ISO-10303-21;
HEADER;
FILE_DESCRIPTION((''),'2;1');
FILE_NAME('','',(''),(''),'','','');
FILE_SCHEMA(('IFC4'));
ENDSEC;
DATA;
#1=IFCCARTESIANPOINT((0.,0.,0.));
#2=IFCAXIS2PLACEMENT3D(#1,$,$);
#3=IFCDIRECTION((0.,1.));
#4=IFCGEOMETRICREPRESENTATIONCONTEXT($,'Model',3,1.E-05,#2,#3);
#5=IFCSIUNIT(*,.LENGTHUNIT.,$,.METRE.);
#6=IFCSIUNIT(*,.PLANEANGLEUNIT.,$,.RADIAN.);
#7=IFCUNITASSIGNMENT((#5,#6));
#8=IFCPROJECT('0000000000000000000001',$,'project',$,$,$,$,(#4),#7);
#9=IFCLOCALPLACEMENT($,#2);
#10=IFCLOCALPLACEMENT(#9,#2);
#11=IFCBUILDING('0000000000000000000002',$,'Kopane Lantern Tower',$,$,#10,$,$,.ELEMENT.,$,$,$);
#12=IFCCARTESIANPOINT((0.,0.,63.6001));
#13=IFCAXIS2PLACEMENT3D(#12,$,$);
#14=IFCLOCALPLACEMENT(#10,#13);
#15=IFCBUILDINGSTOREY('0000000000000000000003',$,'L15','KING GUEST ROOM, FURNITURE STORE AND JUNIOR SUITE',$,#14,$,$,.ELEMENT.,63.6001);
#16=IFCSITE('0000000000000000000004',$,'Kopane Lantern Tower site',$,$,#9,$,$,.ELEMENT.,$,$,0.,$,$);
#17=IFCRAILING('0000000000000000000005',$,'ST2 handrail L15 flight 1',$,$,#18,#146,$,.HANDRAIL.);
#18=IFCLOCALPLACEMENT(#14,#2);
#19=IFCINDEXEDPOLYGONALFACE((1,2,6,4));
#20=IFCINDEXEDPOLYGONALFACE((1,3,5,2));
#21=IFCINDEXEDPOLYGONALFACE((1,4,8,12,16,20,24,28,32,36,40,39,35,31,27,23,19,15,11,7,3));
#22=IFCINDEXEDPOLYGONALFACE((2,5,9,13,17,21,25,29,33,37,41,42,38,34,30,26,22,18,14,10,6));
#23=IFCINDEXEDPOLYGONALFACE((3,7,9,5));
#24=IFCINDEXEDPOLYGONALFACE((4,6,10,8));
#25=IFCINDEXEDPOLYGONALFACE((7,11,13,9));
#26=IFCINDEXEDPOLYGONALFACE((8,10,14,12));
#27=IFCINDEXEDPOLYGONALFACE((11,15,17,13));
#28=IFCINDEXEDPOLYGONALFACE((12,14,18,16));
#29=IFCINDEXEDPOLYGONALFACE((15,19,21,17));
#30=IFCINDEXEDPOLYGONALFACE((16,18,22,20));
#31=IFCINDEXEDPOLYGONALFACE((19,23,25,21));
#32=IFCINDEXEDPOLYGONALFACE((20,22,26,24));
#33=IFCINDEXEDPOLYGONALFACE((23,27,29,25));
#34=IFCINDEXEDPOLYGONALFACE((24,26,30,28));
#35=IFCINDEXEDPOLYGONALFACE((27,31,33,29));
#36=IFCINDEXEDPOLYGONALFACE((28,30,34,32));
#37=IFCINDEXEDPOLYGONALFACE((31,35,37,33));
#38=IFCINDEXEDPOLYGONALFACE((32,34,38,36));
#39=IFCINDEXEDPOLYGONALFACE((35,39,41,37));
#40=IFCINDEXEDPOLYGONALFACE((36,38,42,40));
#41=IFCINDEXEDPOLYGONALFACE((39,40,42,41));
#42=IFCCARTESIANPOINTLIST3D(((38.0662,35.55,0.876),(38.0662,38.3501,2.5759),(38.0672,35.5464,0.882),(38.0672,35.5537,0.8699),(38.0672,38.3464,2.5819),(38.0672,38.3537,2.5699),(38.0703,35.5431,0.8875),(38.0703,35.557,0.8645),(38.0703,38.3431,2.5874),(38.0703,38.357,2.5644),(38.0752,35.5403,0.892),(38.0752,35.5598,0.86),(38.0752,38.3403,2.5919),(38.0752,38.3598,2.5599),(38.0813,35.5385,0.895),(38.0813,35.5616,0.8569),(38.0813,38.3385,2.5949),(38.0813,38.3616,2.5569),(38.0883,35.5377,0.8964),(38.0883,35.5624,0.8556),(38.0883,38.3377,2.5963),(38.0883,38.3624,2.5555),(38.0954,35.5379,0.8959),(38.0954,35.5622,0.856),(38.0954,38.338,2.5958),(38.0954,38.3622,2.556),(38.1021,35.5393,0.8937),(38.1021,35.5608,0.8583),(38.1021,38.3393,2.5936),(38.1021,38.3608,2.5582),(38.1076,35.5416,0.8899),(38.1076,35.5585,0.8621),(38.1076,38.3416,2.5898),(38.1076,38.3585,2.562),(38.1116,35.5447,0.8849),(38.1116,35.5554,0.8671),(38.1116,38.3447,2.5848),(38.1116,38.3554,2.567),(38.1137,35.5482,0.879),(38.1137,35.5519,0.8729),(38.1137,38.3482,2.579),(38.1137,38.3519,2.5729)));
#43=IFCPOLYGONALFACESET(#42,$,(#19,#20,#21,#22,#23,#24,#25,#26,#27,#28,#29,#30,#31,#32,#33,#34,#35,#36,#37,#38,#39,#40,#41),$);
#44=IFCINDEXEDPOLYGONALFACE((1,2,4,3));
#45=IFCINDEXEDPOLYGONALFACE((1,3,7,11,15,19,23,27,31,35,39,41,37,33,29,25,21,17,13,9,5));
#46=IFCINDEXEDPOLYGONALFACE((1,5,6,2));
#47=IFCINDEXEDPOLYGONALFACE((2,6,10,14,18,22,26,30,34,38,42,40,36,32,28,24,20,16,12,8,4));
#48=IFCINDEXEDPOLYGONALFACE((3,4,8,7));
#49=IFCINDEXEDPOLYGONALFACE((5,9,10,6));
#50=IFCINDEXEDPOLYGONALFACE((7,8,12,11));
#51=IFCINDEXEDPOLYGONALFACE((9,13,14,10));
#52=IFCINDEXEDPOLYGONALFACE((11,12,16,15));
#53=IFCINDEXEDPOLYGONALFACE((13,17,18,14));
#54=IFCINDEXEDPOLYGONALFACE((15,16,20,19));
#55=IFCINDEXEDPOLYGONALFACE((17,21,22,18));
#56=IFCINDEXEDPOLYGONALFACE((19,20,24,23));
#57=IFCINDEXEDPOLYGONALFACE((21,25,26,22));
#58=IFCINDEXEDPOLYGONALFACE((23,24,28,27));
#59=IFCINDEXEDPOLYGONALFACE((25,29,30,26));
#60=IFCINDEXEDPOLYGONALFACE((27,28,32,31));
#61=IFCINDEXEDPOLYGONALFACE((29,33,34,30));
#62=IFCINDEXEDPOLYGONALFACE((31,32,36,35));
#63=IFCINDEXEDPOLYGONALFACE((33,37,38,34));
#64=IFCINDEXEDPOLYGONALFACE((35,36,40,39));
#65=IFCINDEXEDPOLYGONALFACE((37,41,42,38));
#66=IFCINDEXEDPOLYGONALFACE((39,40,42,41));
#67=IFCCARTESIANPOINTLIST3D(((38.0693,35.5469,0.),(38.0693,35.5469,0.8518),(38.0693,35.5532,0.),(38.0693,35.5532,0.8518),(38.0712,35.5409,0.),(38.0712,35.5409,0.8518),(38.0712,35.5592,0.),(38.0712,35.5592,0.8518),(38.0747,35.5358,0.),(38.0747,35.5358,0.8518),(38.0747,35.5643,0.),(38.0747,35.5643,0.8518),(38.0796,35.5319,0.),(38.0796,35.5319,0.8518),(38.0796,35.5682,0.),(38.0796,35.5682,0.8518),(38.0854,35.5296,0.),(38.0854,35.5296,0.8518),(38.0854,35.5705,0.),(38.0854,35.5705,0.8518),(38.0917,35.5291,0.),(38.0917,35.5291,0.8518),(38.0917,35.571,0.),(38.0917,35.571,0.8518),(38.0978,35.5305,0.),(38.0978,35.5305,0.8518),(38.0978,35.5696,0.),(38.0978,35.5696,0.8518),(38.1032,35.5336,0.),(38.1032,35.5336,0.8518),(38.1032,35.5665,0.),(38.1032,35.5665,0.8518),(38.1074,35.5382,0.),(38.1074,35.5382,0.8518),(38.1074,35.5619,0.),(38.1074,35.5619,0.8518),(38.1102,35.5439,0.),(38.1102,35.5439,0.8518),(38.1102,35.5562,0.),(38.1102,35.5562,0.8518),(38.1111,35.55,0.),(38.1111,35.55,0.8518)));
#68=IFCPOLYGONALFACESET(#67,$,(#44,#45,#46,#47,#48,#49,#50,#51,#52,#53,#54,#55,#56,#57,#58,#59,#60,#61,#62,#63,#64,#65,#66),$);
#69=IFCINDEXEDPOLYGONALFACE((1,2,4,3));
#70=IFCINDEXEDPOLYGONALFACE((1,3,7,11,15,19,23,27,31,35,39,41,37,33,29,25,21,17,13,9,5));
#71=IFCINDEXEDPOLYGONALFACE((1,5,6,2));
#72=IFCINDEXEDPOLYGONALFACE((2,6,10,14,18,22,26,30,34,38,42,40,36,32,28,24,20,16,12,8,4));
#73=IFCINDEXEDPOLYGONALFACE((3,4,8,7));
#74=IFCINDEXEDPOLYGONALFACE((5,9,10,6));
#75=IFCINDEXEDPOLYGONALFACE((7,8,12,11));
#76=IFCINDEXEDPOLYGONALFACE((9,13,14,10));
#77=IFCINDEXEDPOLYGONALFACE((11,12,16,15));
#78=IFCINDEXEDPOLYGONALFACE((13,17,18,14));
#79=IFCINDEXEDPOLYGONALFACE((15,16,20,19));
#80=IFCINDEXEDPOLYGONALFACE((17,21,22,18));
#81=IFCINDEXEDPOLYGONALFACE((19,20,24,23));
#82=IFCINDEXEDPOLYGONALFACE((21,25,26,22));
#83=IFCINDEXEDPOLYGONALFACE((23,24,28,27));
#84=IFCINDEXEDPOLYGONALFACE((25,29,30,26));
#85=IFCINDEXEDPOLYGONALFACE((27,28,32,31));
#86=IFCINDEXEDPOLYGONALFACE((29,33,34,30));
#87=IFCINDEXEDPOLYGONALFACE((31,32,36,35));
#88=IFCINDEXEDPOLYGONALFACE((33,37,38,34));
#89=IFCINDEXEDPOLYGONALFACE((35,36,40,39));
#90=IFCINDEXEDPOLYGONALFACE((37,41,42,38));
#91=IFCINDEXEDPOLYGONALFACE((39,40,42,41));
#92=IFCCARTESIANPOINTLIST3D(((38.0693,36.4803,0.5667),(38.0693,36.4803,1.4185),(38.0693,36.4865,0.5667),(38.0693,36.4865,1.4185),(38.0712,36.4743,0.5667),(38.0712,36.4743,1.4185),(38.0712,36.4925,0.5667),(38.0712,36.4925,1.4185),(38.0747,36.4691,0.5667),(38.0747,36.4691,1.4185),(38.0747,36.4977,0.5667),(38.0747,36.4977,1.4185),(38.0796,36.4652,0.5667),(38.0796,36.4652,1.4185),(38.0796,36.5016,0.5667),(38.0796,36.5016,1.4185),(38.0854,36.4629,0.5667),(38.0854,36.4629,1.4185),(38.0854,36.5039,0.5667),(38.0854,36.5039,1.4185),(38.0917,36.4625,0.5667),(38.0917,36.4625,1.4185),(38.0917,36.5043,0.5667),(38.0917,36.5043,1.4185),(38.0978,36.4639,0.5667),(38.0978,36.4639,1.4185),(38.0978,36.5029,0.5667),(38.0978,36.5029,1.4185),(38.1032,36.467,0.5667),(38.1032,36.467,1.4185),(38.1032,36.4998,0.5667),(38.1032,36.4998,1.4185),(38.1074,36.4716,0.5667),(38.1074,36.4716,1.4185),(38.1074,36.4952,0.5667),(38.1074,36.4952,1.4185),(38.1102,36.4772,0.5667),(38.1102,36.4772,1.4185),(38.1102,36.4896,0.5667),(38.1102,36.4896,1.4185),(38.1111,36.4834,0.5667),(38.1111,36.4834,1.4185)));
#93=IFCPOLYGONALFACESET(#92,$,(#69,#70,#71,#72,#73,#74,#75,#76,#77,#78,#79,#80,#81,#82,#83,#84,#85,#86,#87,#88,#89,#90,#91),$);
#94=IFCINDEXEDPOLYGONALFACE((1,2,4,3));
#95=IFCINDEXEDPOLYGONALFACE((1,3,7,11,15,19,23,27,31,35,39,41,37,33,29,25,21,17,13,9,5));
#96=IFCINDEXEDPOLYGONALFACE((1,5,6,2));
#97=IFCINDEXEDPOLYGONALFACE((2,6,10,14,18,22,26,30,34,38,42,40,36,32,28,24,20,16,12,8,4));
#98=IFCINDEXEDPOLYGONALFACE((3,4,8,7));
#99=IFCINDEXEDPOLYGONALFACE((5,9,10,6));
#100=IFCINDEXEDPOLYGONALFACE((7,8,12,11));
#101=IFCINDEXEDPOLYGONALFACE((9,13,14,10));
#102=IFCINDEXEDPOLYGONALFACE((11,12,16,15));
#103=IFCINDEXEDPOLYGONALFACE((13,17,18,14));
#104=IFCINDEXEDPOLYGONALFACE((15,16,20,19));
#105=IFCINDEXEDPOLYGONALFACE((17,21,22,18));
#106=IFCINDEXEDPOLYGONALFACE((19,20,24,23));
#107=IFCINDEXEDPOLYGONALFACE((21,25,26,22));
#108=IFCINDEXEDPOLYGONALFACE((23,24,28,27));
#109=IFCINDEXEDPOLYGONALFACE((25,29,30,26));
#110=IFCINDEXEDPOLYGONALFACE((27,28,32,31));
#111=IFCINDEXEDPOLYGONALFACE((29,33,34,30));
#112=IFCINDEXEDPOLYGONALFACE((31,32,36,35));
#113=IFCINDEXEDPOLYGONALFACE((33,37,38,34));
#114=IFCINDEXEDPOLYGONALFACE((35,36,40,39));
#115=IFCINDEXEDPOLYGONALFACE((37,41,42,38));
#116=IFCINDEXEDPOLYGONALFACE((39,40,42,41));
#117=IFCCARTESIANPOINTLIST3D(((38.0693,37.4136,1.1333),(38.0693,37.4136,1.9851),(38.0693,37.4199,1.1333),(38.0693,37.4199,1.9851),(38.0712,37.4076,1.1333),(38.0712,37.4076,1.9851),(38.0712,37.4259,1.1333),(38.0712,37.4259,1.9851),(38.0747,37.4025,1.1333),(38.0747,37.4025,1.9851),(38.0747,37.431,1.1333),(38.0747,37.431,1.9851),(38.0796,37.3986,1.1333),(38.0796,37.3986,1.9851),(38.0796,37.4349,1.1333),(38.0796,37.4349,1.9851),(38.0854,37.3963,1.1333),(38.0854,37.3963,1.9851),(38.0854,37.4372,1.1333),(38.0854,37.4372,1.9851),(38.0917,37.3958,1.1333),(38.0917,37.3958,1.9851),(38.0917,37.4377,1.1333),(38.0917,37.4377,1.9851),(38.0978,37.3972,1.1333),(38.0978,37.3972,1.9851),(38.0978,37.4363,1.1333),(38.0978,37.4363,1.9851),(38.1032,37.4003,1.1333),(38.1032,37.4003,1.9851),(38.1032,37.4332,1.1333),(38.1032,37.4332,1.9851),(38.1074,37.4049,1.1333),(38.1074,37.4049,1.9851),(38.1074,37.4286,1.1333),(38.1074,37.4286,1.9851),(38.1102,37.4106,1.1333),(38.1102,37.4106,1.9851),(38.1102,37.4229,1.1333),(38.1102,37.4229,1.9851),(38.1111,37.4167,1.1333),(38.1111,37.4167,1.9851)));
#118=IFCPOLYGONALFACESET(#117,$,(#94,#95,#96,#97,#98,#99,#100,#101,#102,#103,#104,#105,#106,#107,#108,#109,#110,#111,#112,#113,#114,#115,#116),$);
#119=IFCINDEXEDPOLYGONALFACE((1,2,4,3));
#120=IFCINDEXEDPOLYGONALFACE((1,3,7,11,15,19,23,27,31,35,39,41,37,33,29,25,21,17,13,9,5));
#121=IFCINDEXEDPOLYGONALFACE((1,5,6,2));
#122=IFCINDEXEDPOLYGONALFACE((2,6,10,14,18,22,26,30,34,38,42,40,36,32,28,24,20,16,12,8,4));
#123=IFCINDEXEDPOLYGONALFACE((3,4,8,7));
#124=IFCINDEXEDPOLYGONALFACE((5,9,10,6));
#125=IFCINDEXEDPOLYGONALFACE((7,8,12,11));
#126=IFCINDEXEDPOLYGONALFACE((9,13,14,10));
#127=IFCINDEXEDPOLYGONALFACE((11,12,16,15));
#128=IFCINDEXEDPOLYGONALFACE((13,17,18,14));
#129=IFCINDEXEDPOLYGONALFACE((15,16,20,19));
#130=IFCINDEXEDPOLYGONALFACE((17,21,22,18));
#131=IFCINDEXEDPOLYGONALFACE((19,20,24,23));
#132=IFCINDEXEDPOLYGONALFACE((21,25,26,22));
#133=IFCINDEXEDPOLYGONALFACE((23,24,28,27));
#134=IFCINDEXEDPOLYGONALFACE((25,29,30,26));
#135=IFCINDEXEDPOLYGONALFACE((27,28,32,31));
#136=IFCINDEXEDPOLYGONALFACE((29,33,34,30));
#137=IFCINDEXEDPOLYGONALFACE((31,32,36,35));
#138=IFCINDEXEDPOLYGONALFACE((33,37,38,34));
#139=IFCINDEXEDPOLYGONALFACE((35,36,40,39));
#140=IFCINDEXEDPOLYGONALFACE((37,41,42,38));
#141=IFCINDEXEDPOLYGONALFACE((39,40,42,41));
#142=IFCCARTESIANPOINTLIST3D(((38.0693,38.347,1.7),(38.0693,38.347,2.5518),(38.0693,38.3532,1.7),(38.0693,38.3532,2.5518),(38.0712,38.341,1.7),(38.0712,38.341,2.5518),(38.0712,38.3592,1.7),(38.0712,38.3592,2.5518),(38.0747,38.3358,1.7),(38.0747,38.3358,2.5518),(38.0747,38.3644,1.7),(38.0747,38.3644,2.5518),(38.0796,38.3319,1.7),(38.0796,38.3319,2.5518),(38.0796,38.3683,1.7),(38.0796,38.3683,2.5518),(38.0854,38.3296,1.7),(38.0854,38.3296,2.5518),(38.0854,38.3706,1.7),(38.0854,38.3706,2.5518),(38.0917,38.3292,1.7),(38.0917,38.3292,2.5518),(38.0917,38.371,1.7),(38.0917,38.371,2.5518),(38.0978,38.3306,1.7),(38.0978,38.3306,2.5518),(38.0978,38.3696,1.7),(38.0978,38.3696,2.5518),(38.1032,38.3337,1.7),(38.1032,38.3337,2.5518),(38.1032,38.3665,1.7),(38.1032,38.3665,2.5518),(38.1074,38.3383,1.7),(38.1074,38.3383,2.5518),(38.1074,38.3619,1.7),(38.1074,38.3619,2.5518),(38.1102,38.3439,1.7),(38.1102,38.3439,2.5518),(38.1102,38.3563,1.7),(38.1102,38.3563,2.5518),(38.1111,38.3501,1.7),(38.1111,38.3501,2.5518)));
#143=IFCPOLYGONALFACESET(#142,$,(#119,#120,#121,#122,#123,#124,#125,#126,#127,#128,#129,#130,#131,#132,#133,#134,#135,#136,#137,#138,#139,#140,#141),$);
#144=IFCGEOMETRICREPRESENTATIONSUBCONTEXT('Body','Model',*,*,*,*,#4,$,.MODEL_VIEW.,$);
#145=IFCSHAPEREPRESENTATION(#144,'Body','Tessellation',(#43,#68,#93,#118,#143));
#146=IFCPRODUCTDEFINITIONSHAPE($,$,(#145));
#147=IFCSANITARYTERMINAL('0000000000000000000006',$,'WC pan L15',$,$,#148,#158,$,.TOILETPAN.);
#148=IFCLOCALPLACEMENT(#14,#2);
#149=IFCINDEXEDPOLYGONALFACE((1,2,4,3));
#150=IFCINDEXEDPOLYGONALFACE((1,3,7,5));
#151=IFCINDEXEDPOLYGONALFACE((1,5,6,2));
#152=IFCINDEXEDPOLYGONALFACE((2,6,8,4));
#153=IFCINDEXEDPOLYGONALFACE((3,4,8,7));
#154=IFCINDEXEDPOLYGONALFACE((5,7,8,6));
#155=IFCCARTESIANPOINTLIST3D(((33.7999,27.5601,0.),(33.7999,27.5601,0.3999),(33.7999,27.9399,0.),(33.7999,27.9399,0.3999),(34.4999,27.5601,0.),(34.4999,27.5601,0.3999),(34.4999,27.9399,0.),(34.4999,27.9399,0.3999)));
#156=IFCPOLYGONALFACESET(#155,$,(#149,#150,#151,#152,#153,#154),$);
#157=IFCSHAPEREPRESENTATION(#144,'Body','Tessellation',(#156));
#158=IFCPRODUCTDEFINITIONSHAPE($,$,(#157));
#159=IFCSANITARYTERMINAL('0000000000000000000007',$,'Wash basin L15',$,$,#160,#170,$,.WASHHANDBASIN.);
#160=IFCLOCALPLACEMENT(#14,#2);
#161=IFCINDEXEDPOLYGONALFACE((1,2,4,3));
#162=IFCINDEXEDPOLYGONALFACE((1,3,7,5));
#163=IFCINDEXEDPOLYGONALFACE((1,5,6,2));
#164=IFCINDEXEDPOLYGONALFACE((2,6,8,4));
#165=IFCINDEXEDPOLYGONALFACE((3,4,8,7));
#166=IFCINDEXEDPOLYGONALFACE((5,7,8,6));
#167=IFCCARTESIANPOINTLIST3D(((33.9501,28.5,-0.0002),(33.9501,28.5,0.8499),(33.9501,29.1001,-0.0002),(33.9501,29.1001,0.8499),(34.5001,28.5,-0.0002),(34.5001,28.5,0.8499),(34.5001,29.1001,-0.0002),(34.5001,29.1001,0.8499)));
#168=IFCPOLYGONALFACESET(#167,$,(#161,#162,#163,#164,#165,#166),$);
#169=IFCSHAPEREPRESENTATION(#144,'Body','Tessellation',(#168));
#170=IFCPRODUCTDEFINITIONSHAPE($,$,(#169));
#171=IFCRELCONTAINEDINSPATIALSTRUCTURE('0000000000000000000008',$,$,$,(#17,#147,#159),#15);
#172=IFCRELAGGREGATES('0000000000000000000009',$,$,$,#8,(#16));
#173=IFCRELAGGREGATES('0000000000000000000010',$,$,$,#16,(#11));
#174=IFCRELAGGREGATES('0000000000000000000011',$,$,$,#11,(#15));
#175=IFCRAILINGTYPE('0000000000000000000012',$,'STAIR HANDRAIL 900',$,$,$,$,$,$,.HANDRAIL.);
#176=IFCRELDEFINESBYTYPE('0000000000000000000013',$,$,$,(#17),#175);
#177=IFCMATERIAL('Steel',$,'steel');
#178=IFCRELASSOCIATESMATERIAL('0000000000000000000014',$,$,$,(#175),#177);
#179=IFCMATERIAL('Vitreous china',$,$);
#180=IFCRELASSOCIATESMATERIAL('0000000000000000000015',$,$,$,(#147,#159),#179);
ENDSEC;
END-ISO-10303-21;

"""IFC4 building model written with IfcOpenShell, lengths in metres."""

from ifc_helpers import new_model, si_unit, direction, frame, origin, origin_2d, place, context, subcontext, project, spatial, rectangle, circle, extrude, material, type_object, element, save


model = new_model("IFC4")

# Units and contexts
model_context = context("Model", 3, precision=1e-05, world=origin(), true_north=direction((0.0, 1.0)))
body_context = subcontext(model_context, "Body", "Model", "MODEL_VIEW")
ifc_project = project(units=[si_unit("LENGTHUNIT", "METRE"), si_unit("PLANEANGLEUNIT", "RADIAN")], contexts=[model_context])

# Site, building, storey
site_placement = place(None, origin())
site = spatial("IfcSite", under=ifc_project, at=site_placement, Name="Kopane Lantern Tower site", CompositionType="ELEMENT", RefElevation=0.0)
building_placement = place(site_placement, origin())
building = spatial("IfcBuilding", under=site, at=building_placement, Name="Kopane Lantern Tower", CompositionType="ELEMENT")
storey_placement = place(building_placement, frame((0.0, 0.0, 63.6001)))
storey = spatial("IfcBuildingStorey", under=building, at=storey_placement, Name="L15", Description="KING GUEST ROOM, FURNITURE STORE AND JUNIOR SUITE", CompositionType="ELEMENT", Elevation=63.6001)

# Railing
ifc_material_1 = material(Name="Steel", Category="steel")
railing_type = type_object("IfcRailingType", Name="STAIR HANDRAIL 900", PredefinedType="HANDRAIL", material=ifc_material_1)
for number, where, name in (
    (1, (38.0901, 35.55, 0.0), "ST2 handrail L15 flight 1"),
):
    element("IfcRailing", number, at=place(storey_placement, frame(where)), inside=storey, type_object=railing_type, Name=name, PredefinedType="HANDRAIL", context=body_context, shape_type="SweptSolid", body=[
        extrude(circle(Radius=0.0239, at=origin_2d()), frame((0.0, 0.0, 0.876), z_axis=(0.0, 0.854798, 0.518961), x_axis=(-1.0, 0.0, 0.0)), (0.0, 0.0, 1.0), 3.2756),
        extrude(circle(Radius=0.021, at=origin_2d()), origin(), (0.0, 0.0, 1.0), 0.8518),
        extrude(circle(Radius=0.021, at=origin_2d()), frame((0.0, 0.9333, 0.5667)), (0.0, 0.0, 1.0), 0.8518),
        extrude(circle(Radius=0.021, at=origin_2d()), frame((0.0, 1.8667, 1.1333)), (0.0, 0.0, 1.0), 0.8518),
        extrude(circle(Radius=0.021, at=origin_2d()), frame((0.0, 2.8, 1.7)), (0.0, 0.0, 1.0), 0.8518),
    ])

# Sanitary terminals
ifc_material_2 = material(Name="Vitreous china")
sanitary_terminal_1_placement = place(storey_placement, frame((34.1499, 27.75, 0.0), z_axis=(0.0, 0.0, 1.0), x_axis=(1.0, 0.0, 0.0)))
element("IfcSanitaryTerminal", 2, at=sanitary_terminal_1_placement, inside=storey, material=ifc_material_2, Name="WC pan L15", PredefinedType="TOILETPAN", context=body_context, shape_type="SweptSolid", body=[
    extrude(rectangle(XDim=0.7, YDim=0.3799, at=origin_2d()), origin(), (0.0, 0.0, 1.0), 0.3999),
])
sanitary_terminal_2_placement = place(storey_placement, frame((34.2251, 28.8, -0.0002), z_axis=(0.0, 0.0, 1.0), x_axis=(1.0, 0.0, 0.0)))
element("IfcSanitaryTerminal", 3, at=sanitary_terminal_2_placement, inside=storey, material=ifc_material_2, Name="Wash basin L15", PredefinedType="WASHHANDBASIN", context=body_context, shape_type="SweptSolid", body=[
    extrude(rectangle(XDim=0.55, YDim=0.6001, at=origin_2d()), origin(), (0.0, 0.0, 1.0), 0.8501),
])

save(model, "model.ifc")
